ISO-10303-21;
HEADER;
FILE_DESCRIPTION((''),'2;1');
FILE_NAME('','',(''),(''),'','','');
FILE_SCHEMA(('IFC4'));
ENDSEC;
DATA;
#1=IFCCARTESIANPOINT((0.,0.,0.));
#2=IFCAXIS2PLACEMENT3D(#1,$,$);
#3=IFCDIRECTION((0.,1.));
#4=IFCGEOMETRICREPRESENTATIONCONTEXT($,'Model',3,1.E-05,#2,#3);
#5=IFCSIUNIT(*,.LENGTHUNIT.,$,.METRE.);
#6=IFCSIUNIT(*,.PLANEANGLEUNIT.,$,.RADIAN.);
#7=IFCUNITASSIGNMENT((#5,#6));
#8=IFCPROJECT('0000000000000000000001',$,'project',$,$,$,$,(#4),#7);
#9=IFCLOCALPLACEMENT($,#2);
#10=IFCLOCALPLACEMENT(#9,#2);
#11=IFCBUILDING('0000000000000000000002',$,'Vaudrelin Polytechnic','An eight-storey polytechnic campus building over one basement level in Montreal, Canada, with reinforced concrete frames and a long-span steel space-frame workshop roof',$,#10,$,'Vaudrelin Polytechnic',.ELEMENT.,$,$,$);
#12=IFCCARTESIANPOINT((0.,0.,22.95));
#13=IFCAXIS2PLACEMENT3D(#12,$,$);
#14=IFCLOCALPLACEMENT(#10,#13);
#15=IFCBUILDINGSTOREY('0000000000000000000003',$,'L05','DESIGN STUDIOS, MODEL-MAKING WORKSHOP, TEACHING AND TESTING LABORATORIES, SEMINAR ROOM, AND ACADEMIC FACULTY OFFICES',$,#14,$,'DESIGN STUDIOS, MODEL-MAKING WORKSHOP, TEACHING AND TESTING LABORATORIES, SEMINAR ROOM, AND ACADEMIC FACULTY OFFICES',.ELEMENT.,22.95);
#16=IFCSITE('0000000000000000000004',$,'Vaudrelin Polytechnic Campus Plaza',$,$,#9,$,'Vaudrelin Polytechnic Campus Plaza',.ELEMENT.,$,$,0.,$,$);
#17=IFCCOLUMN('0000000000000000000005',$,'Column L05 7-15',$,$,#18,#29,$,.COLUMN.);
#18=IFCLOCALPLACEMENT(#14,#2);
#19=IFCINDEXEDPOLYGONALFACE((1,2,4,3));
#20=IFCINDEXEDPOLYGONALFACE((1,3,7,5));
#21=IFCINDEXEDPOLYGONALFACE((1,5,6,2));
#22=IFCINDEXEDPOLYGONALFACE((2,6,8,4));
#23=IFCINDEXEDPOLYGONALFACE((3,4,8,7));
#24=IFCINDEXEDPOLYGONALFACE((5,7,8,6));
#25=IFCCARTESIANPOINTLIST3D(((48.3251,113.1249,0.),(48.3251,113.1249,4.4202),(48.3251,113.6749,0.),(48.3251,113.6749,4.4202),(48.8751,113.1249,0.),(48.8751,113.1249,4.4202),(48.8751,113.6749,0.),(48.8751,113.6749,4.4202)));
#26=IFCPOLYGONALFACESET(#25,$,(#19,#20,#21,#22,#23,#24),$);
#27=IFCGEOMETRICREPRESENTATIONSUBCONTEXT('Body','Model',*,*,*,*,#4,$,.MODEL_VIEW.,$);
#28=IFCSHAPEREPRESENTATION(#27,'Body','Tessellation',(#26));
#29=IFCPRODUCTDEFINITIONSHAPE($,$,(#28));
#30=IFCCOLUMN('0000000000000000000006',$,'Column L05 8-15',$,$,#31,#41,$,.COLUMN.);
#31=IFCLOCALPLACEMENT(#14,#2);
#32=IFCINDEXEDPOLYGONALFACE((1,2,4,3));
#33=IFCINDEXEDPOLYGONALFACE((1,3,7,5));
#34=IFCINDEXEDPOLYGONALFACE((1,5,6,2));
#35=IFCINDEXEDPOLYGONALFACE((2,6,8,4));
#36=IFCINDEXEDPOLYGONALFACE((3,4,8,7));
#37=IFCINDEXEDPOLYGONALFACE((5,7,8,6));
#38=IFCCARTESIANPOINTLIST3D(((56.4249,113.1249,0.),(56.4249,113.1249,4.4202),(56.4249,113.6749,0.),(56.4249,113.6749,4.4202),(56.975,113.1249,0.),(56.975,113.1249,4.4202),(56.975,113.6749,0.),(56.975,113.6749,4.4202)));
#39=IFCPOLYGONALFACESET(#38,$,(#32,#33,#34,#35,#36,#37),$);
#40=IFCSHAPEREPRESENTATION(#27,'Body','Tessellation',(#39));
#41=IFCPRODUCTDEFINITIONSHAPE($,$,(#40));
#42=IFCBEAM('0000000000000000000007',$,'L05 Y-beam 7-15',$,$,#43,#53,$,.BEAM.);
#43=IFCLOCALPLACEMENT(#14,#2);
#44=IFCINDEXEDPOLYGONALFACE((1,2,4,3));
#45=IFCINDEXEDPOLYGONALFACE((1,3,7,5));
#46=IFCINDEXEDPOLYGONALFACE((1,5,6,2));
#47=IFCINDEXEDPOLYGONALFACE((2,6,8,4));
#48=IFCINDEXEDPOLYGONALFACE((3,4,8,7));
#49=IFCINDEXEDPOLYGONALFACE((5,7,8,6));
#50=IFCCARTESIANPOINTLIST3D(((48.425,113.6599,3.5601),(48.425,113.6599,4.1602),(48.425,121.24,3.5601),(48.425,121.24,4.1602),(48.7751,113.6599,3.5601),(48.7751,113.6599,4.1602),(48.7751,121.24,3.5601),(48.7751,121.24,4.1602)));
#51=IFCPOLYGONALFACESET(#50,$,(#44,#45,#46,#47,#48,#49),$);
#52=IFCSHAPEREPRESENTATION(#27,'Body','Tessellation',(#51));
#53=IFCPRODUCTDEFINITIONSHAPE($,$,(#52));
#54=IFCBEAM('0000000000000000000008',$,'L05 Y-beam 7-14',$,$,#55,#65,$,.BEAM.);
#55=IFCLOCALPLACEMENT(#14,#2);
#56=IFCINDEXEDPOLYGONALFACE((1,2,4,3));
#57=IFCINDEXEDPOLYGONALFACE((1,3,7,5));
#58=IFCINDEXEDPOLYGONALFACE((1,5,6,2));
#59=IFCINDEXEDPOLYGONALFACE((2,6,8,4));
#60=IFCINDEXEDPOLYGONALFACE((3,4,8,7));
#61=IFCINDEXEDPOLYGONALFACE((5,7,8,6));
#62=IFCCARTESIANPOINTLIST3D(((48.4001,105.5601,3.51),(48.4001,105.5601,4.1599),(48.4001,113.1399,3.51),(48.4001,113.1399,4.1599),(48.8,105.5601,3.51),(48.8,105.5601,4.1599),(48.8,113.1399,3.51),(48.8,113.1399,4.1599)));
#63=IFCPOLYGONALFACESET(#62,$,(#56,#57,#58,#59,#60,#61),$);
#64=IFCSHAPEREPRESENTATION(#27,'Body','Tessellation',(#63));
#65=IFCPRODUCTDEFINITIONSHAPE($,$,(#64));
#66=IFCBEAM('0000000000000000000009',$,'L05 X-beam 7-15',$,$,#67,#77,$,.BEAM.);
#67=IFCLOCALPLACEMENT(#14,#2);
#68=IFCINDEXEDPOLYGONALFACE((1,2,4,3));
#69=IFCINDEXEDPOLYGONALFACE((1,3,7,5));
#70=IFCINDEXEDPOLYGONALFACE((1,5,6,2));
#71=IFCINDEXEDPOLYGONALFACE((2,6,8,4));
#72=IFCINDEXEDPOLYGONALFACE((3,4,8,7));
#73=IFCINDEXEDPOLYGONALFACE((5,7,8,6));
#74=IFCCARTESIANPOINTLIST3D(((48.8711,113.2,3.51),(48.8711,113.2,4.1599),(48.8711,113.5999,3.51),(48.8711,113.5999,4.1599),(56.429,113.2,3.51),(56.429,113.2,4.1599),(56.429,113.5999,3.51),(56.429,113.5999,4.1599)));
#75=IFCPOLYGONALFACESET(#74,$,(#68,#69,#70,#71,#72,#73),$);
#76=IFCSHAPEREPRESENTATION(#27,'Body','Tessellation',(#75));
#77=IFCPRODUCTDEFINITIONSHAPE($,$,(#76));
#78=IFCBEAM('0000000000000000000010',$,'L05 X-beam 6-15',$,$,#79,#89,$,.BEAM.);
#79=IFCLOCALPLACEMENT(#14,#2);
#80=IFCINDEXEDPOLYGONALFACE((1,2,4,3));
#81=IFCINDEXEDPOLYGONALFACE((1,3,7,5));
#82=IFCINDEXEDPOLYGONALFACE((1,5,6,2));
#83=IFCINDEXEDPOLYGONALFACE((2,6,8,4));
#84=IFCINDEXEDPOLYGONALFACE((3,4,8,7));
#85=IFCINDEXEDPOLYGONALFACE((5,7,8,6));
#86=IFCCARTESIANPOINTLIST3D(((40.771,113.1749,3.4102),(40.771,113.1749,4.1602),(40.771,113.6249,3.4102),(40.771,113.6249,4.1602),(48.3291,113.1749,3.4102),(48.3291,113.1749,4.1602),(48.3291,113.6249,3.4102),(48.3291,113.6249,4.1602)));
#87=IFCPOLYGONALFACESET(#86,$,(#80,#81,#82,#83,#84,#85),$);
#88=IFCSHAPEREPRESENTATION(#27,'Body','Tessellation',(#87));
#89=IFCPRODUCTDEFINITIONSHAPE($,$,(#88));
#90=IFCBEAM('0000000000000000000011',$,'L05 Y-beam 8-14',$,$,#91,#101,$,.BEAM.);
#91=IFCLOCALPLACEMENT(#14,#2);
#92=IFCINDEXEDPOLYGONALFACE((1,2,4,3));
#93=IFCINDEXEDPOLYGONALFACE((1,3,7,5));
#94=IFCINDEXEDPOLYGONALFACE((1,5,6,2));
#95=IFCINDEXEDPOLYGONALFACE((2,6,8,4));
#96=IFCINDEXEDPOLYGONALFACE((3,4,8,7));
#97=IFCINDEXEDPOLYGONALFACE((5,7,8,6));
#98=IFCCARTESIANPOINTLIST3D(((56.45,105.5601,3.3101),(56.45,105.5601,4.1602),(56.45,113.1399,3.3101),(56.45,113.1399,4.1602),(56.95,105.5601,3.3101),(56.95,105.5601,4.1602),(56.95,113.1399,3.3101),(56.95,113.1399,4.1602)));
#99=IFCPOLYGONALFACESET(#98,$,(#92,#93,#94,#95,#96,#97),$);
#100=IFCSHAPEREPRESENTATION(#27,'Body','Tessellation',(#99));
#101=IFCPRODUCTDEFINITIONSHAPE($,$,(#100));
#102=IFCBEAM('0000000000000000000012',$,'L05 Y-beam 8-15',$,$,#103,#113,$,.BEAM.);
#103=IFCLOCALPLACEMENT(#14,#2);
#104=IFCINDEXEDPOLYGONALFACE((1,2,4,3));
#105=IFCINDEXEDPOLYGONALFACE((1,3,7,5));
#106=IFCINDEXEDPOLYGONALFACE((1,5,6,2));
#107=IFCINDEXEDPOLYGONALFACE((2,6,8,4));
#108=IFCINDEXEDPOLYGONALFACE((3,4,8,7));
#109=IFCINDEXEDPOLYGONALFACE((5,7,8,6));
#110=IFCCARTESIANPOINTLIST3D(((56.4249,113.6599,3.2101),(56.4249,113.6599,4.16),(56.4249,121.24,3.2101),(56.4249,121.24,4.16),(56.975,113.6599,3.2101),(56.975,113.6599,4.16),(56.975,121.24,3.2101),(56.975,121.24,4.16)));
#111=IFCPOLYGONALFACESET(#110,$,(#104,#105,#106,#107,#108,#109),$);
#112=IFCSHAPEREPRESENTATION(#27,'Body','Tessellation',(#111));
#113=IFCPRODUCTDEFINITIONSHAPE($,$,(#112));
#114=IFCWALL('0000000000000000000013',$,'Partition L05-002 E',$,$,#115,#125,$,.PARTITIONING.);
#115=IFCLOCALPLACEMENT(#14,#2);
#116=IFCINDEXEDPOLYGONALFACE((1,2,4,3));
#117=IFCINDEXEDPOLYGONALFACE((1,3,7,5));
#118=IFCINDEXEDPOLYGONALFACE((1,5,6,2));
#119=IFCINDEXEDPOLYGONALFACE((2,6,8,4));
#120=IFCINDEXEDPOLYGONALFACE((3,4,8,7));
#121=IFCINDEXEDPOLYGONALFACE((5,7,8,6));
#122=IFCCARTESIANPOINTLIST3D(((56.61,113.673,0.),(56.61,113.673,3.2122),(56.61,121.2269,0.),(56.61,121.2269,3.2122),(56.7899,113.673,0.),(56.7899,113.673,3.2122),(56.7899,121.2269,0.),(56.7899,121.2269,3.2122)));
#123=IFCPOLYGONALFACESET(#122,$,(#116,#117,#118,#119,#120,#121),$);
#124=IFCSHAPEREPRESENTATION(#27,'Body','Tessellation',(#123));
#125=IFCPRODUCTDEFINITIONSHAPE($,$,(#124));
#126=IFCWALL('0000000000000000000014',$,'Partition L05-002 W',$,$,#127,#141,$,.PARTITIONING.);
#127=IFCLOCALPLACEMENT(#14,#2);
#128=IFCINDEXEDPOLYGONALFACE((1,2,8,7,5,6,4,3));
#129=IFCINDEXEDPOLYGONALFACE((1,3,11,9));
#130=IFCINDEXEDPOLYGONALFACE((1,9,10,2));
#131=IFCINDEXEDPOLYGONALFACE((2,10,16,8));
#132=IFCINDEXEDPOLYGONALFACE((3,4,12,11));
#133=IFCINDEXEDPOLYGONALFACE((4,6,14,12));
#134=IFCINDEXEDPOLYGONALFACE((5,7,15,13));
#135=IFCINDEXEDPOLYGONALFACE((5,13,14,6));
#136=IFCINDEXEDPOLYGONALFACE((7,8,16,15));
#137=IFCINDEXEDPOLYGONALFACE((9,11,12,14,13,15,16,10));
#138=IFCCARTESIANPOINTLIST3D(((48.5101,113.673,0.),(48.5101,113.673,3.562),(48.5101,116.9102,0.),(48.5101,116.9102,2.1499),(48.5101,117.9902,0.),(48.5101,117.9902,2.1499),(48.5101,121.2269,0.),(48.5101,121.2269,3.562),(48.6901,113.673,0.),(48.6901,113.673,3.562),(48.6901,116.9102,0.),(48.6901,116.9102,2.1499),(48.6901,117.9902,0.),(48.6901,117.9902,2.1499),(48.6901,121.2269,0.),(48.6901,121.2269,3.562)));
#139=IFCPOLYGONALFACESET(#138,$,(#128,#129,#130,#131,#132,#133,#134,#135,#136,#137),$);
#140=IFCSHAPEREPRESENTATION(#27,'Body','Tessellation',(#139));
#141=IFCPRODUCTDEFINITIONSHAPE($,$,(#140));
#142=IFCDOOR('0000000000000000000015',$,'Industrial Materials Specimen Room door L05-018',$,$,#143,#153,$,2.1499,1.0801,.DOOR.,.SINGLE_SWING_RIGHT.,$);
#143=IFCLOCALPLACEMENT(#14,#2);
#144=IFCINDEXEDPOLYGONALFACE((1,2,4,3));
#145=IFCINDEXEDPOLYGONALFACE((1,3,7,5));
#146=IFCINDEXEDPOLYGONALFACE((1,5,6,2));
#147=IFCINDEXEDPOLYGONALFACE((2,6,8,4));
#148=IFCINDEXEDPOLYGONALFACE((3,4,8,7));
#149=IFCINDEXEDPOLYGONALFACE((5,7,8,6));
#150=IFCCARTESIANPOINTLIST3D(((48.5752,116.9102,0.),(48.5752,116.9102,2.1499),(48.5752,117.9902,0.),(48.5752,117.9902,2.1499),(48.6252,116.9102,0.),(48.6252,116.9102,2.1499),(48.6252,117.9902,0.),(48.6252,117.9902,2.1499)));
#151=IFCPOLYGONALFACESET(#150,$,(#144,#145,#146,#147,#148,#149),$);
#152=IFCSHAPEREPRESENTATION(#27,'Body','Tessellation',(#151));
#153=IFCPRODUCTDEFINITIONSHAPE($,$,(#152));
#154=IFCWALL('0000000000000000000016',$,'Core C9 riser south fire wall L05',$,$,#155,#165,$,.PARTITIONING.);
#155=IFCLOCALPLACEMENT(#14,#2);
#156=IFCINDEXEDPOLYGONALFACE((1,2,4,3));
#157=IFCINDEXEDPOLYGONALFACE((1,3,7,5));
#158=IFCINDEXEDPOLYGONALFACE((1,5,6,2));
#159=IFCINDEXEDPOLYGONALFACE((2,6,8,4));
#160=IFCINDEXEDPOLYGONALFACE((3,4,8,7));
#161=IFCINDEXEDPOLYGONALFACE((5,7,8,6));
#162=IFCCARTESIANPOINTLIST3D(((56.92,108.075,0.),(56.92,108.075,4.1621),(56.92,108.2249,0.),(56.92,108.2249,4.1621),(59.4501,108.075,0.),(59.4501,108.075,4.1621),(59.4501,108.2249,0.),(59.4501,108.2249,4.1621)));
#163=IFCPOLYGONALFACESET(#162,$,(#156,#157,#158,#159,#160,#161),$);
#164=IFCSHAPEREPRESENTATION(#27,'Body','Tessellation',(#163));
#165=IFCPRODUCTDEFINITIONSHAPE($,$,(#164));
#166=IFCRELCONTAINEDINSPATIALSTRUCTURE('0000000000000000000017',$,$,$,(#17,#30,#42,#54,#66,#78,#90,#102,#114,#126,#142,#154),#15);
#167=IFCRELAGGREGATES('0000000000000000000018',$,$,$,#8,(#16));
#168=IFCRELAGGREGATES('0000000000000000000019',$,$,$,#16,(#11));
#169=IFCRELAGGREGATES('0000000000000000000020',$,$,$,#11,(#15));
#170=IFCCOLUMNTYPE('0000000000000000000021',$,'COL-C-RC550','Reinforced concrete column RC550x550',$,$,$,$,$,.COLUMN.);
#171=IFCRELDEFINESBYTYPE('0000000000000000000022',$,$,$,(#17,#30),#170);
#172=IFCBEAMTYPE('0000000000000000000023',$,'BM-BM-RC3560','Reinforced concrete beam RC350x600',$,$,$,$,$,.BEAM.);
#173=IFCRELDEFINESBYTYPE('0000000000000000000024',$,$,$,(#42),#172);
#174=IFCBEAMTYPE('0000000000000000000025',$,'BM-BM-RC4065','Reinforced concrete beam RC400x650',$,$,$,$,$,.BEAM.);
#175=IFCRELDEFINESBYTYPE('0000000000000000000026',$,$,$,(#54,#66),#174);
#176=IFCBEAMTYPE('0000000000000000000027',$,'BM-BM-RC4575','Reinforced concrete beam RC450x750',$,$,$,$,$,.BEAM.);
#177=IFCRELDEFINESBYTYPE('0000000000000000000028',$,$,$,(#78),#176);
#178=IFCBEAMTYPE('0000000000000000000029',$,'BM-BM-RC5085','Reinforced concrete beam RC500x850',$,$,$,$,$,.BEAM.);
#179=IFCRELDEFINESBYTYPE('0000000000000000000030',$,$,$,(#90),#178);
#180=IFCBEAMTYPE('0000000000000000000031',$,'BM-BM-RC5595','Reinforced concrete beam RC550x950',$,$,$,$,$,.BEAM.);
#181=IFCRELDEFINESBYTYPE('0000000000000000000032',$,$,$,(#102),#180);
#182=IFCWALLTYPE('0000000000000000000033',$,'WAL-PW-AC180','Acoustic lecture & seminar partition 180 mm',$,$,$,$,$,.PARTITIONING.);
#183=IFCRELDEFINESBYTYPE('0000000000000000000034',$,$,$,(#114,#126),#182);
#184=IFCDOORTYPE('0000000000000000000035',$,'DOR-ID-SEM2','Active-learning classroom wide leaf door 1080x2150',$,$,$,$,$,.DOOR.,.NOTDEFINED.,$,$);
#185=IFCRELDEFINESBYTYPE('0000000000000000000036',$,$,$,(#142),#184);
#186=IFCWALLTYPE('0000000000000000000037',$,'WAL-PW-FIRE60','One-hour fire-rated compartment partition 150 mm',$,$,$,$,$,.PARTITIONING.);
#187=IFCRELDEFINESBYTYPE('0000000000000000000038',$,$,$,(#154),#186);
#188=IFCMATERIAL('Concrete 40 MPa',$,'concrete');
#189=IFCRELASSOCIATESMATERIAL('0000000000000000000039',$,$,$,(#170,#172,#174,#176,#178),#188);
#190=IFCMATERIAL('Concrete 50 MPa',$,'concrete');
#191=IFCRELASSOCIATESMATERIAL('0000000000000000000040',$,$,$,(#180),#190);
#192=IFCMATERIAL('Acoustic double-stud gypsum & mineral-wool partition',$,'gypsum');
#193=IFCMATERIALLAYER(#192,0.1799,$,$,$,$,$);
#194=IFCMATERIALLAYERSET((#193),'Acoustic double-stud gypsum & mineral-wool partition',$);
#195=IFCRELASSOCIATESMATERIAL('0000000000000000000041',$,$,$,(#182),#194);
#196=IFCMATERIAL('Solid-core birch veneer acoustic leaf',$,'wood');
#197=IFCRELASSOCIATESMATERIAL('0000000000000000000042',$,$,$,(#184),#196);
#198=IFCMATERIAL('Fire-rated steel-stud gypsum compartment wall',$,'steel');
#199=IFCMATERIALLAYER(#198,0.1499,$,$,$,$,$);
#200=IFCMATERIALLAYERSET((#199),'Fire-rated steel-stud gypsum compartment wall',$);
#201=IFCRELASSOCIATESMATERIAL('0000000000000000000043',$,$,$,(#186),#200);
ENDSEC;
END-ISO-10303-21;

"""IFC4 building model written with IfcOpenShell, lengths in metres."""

from ifc_helpers import new_model, si_unit, direction, frame, frame_2d, origin, origin_2d, place, context, subcontext, project, spatial, rectangle, extrude, material, layer, layer_set, material_profile, profile_set, type_object, element, fill, save


model = new_model("IFC4")

# Units and contexts
model_context = context("Model", 3, precision=1e-05, world=origin(), true_north=direction((0.0, 1.0)))
body_context = subcontext(model_context, "Body", "Model", "MODEL_VIEW")
ifc_project = project(units=[si_unit("LENGTHUNIT", "METRE"), si_unit("PLANEANGLEUNIT", "RADIAN")], contexts=[model_context])

# Site, building, storey
site_placement = place(None, origin())
site = spatial("IfcSite", under=ifc_project, at=site_placement, Name="Vaudrelin Polytechnic Campus Plaza", LongName="Vaudrelin Polytechnic Campus Plaza", CompositionType="ELEMENT", RefElevation=0.0)
building_placement = place(site_placement, origin())
building = spatial("IfcBuilding", under=site, at=building_placement, Name="Vaudrelin Polytechnic", Description="An eight-storey polytechnic campus building over one basement level in Montreal, Canada, with reinforced concrete frames and a long-span steel space-frame workshop roof", LongName="Vaudrelin Polytechnic", CompositionType="ELEMENT")
storey_placement = place(building_placement, frame((0.0, 0.0, 22.95)))
storey = spatial("IfcBuildingStorey", under=building, at=storey_placement, Name="L05", Description="DESIGN STUDIOS, MODEL-MAKING WORKSHOP, TEACHING AND TESTING LABORATORIES, SEMINAR ROOM, AND ACADEMIC FACULTY OFFICES", LongName="DESIGN STUDIOS, MODEL-MAKING WORKSHOP, TEACHING AND TESTING LABORATORIES, SEMINAR ROOM, AND ACADEMIC FACULTY OFFICES", CompositionType="ELEMENT", Elevation=22.95)

# Columns
ifc_material_1 = material(Name="Concrete 40 MPa", Category="concrete")
ifc_material_profile_1 = material_profile(ifc_material_1, rectangle(XDim=0.55, YDim=0.55, at=origin_2d()), Name="RC550x550")
ifc_profile_set_1 = profile_set([ifc_material_profile_1], Name="Concrete 40 MPa")
column_type = type_object("IfcColumnType", Name="COL-C-RC550", Description="Reinforced concrete column RC550x550", PredefinedType="COLUMN", material=ifc_profile_set_1)
for number, where, z_axis, x_axis, name in (
    (1, (48.6001, 113.3999, 0.0), (0.0, 0.0, 1.0), (1.0, 0.0, 0.0), "Column L05 7-15"),
    (2, (56.7, 113.3999, 0.0), (0.0, 0.0, 1.0), (1.0, 0.0, 0.0), "Column L05 8-15"),
):
    element("IfcColumn", number, at=place(storey_placement, frame(where, z_axis=z_axis, x_axis=x_axis)), inside=storey, type_object=column_type, Name=name, PredefinedType="COLUMN", context=body_context, shape_type="SweptSolid", body=[
        extrude(rectangle(XDim=0.55, YDim=0.55, at=origin_2d()), origin(), (0.0, 0.0, 1.0), 4.4202),
    ])

# Beams
ifc_material_profile_2 = material_profile(ifc_material_1, rectangle(XDim=0.3501, YDim=0.6001, at=origin_2d()), Name="RC350x600")
ifc_profile_set_2 = profile_set([ifc_material_profile_2], Name="Concrete 40 MPa")
beam_type_1 = type_object("IfcBeamType", Name="BM-BM-RC3560", Description="Reinforced concrete beam RC350x600", PredefinedType="BEAM", material=ifc_profile_set_2)
beam_1_placement = place(storey_placement, frame((48.6001, 113.6599, 3.8601), z_axis=(0.0, 1.0, 0.0), x_axis=(-1.0, 0.0, 0.0)))
element("IfcBeam", 3, at=beam_1_placement, inside=storey, type_object=beam_type_1, Name="L05 Y-beam 7-15", PredefinedType="BEAM", context=body_context, shape_type="SweptSolid", body=[
    extrude(rectangle(XDim=0.3501, YDim=0.6001, at=origin_2d()), origin(), (0.0, 0.0, 1.0), 7.5801),
])
ifc_material_profile_3 = material_profile(ifc_material_1, rectangle(XDim=0.3999, YDim=0.6499, at=origin_2d()), Name="RC400x650")
ifc_profile_set_3 = profile_set([ifc_material_profile_3], Name="Concrete 40 MPa")
beam_type_2 = type_object("IfcBeamType", Name="BM-BM-RC4065", Description="Reinforced concrete beam RC400x650", PredefinedType="BEAM", material=ifc_profile_set_3)
beam_2_placement = place(storey_placement, frame((48.6001, 105.5601, 3.835), z_axis=(0.0, 1.0, 0.0), x_axis=(-1.0, 0.0, 0.0)))
element("IfcBeam", 4, at=beam_2_placement, inside=storey, type_object=beam_type_2, Name="L05 Y-beam 7-14", PredefinedType="BEAM", context=body_context, shape_type="SweptSolid", body=[
    extrude(rectangle(XDim=0.3999, YDim=0.6499, at=origin_2d()), origin(), (0.0, 0.0, 1.0), 7.5798),
])
beam_3_placement = place(storey_placement, frame((48.8711, 113.3999, 3.835), z_axis=(1.0, 0.0, 0.0), x_axis=(0.0, 1.0, 0.0)))
element("IfcBeam", 5, at=beam_3_placement, inside=storey, type_object=beam_type_2, Name="L05 X-beam 7-15", PredefinedType="BEAM", context=body_context, shape_type="SweptSolid", body=[
    extrude(rectangle(XDim=0.3999, YDim=0.6499, at=origin_2d()), origin(), (0.0, 0.0, 1.0), 7.5579),
])
ifc_material_profile_4 = material_profile(ifc_material_1, rectangle(XDim=0.45, YDim=0.75, at=origin_2d()), Name="RC450x750")
ifc_profile_set_4 = profile_set([ifc_material_profile_4], Name="Concrete 40 MPa")
beam_type_3 = type_object("IfcBeamType", Name="BM-BM-RC4575", Description="Reinforced concrete beam RC450x750", PredefinedType="BEAM", material=ifc_profile_set_4)
beam_4_placement = place(storey_placement, frame((40.771, 113.3999, 3.7852), z_axis=(1.0, 0.0, 0.0), x_axis=(0.0, 1.0, 0.0)))
element("IfcBeam", 6, at=beam_4_placement, inside=storey, type_object=beam_type_3, Name="L05 X-beam 6-15", PredefinedType="BEAM", context=body_context, shape_type="SweptSolid", body=[
    extrude(rectangle(XDim=0.45, YDim=0.75, at=origin_2d()), origin(), (0.0, 0.0, 1.0), 7.5581),
])
ifc_material_profile_5 = material_profile(ifc_material_1, rectangle(XDim=0.5, YDim=0.8501, at=origin_2d()), Name="RC500x850")
ifc_profile_set_5 = profile_set([ifc_material_profile_5], Name="Concrete 40 MPa")
beam_type_4 = type_object("IfcBeamType", Name="BM-BM-RC5085", Description="Reinforced concrete beam RC500x850", PredefinedType="BEAM", material=ifc_profile_set_5)
beam_5_placement = place(storey_placement, frame((56.7, 105.5601, 3.7351), z_axis=(0.0, 1.0, 0.0), x_axis=(-1.0, 0.0, 0.0)))
element("IfcBeam", 7, at=beam_5_placement, inside=storey, type_object=beam_type_4, Name="L05 Y-beam 8-14", PredefinedType="BEAM", context=body_context, shape_type="SweptSolid", body=[
    extrude(rectangle(XDim=0.5, YDim=0.8501, at=origin_2d()), origin(), (0.0, 0.0, 1.0), 7.5798),
])
ifc_material_2 = material(Name="Concrete 50 MPa", Category="concrete")
ifc_material_profile_6 = material_profile(ifc_material_2, rectangle(XDim=0.55, YDim=0.95, at=origin_2d()), Name="RC550x950")
ifc_profile_set_6 = profile_set([ifc_material_profile_6], Name="Concrete 50 MPa")
beam_type_5 = type_object("IfcBeamType", Name="BM-BM-RC5595", Description="Reinforced concrete beam RC550x950", PredefinedType="BEAM", material=ifc_profile_set_6)
beam_6_placement = place(storey_placement, frame((56.7, 113.6599, 3.6851), z_axis=(0.0, 1.0, 0.0), x_axis=(-1.0, 0.0, 0.0)))
element("IfcBeam", 8, at=beam_6_placement, inside=storey, type_object=beam_type_5, Name="L05 Y-beam 8-15", PredefinedType="BEAM", context=body_context, shape_type="SweptSolid", body=[
    extrude(rectangle(XDim=0.55, YDim=0.95, at=origin_2d()), origin(), (0.0, 0.0, 1.0), 7.5801),
])

# Wall
ifc_material_3 = material(Name="Acoustic double-stud gypsum & mineral-wool partition", Category="gypsum")
ifc_layer_1 = layer(ifc_material_3, 0.1799)
ifc_layer_set_1 = layer_set([ifc_layer_1], Name="Acoustic double-stud gypsum & mineral-wool partition")
wall_type_1 = type_object("IfcWallType", Name="WAL-PW-AC180", Description="Acoustic lecture & seminar partition 180 mm", PredefinedType="PARTITIONING", material=ifc_layer_set_1)
wall_1_placement = place(storey_placement, frame((56.7, 113.6731, 0.0), z_axis=(0.0, 0.0, 1.0), x_axis=(0.0, 1.0, 0.0)))
element("IfcWall", 9, at=wall_1_placement, inside=storey, type_object=wall_type_1, Name="Partition L05-002 E", PredefinedType="PARTITIONING", context=body_context, shape_type="SweptSolid", body=[
    extrude(rectangle(XDim=7.554, YDim=0.1799, at=frame_2d((3.7769, 0.0))), origin(), (0.0, 0.0, 1.0), 3.2122),
])

# Wall, opening, door
wall_2_placement = place(storey_placement, frame((48.6001, 113.6731, 0.0), z_axis=(0.0, 0.0, 1.0), x_axis=(0.0, 1.0, 0.0)))
wall_2 = element("IfcWall", 10, at=wall_2_placement, inside=storey, type_object=wall_type_1, Name="Partition L05-002 W", PredefinedType="PARTITIONING", context=body_context, shape_type="SweptSolid", body=[
    extrude(rectangle(XDim=7.554, YDim=0.1799, at=frame_2d((3.7769, 0.0))), origin(), (0.0, 0.0, 1.0), 3.562),
])
opening_placement = place(wall_2_placement, frame((3.2371, 0.0, 0.0)))
opening = element("IfcOpeningElement", 11, at=opening_placement, cuts=wall_2, PredefinedType="OPENING", context=body_context, shape_type="SweptSolid", body=[
    extrude(rectangle(XDim=1.0801, YDim=2.1499, at=frame_2d((0.54, 1.075))), frame((0.0, 0.1001, 0.0), z_axis=(0.0, -1.0, 0.0), x_axis=(1.0, 0.0, 0.0)), (0.0, 0.0, 1.0), 0.2),
])
ifc_material_4 = material(Name="Solid-core birch veneer acoustic leaf", Category="wood")
door_type = type_object("IfcDoorType", Name="DOR-ID-SEM2", Description="Active-learning classroom wide leaf door 1080x2150", OperationType="NOTDEFINED", PredefinedType="DOOR", material=ifc_material_4)
door_placement = place(opening_placement, origin())
door = element("IfcDoor", 12, at=door_placement, inside=storey, type_object=door_type, Name="Industrial Materials Specimen Room door L05-018", OperationType="SINGLE_SWING_RIGHT", OverallHeight=2.1499, OverallWidth=1.0801, PredefinedType="DOOR", context=body_context, shape_type="SweptSolid", body=[
    extrude(rectangle(XDim=1.0801, YDim=2.1499, at=frame_2d((0.54, 1.075))), frame((0.0, 0.0249, 0.0), z_axis=(0.0, -1.0, 0.0), x_axis=(1.0, 0.0, 0.0)), (0.0, 0.0, 1.0), 0.05),
])
fill(opening, door)

# Wall
ifc_material_5 = material(Name="Fire-rated steel-stud gypsum compartment wall", Category="steel")
ifc_layer_2 = layer(ifc_material_5, 0.1499)
ifc_layer_set_2 = layer_set([ifc_layer_2], Name="Fire-rated steel-stud gypsum compartment wall")
wall_type_2 = type_object("IfcWallType", Name="WAL-PW-FIRE60", Description="One-hour fire-rated compartment partition 150 mm", PredefinedType="PARTITIONING", material=ifc_layer_set_2)
wall_3_placement = place(storey_placement, frame((56.9199, 108.1499, 0.0), z_axis=(0.0, 0.0, 1.0), x_axis=(1.0, 0.0, 0.0)))
element("IfcWall", 13, at=wall_3_placement, inside=storey, type_object=wall_type_2, Name="Core C9 riser south fire wall L05", PredefinedType="PARTITIONING", context=body_context, shape_type="SweptSolid", body=[
    extrude(rectangle(XDim=2.53, YDim=0.1499, at=frame_2d((1.2651, 0.0))), origin(), (0.0, 0.0, 1.0), 4.1621),
])

save(model, "model.ifc")
